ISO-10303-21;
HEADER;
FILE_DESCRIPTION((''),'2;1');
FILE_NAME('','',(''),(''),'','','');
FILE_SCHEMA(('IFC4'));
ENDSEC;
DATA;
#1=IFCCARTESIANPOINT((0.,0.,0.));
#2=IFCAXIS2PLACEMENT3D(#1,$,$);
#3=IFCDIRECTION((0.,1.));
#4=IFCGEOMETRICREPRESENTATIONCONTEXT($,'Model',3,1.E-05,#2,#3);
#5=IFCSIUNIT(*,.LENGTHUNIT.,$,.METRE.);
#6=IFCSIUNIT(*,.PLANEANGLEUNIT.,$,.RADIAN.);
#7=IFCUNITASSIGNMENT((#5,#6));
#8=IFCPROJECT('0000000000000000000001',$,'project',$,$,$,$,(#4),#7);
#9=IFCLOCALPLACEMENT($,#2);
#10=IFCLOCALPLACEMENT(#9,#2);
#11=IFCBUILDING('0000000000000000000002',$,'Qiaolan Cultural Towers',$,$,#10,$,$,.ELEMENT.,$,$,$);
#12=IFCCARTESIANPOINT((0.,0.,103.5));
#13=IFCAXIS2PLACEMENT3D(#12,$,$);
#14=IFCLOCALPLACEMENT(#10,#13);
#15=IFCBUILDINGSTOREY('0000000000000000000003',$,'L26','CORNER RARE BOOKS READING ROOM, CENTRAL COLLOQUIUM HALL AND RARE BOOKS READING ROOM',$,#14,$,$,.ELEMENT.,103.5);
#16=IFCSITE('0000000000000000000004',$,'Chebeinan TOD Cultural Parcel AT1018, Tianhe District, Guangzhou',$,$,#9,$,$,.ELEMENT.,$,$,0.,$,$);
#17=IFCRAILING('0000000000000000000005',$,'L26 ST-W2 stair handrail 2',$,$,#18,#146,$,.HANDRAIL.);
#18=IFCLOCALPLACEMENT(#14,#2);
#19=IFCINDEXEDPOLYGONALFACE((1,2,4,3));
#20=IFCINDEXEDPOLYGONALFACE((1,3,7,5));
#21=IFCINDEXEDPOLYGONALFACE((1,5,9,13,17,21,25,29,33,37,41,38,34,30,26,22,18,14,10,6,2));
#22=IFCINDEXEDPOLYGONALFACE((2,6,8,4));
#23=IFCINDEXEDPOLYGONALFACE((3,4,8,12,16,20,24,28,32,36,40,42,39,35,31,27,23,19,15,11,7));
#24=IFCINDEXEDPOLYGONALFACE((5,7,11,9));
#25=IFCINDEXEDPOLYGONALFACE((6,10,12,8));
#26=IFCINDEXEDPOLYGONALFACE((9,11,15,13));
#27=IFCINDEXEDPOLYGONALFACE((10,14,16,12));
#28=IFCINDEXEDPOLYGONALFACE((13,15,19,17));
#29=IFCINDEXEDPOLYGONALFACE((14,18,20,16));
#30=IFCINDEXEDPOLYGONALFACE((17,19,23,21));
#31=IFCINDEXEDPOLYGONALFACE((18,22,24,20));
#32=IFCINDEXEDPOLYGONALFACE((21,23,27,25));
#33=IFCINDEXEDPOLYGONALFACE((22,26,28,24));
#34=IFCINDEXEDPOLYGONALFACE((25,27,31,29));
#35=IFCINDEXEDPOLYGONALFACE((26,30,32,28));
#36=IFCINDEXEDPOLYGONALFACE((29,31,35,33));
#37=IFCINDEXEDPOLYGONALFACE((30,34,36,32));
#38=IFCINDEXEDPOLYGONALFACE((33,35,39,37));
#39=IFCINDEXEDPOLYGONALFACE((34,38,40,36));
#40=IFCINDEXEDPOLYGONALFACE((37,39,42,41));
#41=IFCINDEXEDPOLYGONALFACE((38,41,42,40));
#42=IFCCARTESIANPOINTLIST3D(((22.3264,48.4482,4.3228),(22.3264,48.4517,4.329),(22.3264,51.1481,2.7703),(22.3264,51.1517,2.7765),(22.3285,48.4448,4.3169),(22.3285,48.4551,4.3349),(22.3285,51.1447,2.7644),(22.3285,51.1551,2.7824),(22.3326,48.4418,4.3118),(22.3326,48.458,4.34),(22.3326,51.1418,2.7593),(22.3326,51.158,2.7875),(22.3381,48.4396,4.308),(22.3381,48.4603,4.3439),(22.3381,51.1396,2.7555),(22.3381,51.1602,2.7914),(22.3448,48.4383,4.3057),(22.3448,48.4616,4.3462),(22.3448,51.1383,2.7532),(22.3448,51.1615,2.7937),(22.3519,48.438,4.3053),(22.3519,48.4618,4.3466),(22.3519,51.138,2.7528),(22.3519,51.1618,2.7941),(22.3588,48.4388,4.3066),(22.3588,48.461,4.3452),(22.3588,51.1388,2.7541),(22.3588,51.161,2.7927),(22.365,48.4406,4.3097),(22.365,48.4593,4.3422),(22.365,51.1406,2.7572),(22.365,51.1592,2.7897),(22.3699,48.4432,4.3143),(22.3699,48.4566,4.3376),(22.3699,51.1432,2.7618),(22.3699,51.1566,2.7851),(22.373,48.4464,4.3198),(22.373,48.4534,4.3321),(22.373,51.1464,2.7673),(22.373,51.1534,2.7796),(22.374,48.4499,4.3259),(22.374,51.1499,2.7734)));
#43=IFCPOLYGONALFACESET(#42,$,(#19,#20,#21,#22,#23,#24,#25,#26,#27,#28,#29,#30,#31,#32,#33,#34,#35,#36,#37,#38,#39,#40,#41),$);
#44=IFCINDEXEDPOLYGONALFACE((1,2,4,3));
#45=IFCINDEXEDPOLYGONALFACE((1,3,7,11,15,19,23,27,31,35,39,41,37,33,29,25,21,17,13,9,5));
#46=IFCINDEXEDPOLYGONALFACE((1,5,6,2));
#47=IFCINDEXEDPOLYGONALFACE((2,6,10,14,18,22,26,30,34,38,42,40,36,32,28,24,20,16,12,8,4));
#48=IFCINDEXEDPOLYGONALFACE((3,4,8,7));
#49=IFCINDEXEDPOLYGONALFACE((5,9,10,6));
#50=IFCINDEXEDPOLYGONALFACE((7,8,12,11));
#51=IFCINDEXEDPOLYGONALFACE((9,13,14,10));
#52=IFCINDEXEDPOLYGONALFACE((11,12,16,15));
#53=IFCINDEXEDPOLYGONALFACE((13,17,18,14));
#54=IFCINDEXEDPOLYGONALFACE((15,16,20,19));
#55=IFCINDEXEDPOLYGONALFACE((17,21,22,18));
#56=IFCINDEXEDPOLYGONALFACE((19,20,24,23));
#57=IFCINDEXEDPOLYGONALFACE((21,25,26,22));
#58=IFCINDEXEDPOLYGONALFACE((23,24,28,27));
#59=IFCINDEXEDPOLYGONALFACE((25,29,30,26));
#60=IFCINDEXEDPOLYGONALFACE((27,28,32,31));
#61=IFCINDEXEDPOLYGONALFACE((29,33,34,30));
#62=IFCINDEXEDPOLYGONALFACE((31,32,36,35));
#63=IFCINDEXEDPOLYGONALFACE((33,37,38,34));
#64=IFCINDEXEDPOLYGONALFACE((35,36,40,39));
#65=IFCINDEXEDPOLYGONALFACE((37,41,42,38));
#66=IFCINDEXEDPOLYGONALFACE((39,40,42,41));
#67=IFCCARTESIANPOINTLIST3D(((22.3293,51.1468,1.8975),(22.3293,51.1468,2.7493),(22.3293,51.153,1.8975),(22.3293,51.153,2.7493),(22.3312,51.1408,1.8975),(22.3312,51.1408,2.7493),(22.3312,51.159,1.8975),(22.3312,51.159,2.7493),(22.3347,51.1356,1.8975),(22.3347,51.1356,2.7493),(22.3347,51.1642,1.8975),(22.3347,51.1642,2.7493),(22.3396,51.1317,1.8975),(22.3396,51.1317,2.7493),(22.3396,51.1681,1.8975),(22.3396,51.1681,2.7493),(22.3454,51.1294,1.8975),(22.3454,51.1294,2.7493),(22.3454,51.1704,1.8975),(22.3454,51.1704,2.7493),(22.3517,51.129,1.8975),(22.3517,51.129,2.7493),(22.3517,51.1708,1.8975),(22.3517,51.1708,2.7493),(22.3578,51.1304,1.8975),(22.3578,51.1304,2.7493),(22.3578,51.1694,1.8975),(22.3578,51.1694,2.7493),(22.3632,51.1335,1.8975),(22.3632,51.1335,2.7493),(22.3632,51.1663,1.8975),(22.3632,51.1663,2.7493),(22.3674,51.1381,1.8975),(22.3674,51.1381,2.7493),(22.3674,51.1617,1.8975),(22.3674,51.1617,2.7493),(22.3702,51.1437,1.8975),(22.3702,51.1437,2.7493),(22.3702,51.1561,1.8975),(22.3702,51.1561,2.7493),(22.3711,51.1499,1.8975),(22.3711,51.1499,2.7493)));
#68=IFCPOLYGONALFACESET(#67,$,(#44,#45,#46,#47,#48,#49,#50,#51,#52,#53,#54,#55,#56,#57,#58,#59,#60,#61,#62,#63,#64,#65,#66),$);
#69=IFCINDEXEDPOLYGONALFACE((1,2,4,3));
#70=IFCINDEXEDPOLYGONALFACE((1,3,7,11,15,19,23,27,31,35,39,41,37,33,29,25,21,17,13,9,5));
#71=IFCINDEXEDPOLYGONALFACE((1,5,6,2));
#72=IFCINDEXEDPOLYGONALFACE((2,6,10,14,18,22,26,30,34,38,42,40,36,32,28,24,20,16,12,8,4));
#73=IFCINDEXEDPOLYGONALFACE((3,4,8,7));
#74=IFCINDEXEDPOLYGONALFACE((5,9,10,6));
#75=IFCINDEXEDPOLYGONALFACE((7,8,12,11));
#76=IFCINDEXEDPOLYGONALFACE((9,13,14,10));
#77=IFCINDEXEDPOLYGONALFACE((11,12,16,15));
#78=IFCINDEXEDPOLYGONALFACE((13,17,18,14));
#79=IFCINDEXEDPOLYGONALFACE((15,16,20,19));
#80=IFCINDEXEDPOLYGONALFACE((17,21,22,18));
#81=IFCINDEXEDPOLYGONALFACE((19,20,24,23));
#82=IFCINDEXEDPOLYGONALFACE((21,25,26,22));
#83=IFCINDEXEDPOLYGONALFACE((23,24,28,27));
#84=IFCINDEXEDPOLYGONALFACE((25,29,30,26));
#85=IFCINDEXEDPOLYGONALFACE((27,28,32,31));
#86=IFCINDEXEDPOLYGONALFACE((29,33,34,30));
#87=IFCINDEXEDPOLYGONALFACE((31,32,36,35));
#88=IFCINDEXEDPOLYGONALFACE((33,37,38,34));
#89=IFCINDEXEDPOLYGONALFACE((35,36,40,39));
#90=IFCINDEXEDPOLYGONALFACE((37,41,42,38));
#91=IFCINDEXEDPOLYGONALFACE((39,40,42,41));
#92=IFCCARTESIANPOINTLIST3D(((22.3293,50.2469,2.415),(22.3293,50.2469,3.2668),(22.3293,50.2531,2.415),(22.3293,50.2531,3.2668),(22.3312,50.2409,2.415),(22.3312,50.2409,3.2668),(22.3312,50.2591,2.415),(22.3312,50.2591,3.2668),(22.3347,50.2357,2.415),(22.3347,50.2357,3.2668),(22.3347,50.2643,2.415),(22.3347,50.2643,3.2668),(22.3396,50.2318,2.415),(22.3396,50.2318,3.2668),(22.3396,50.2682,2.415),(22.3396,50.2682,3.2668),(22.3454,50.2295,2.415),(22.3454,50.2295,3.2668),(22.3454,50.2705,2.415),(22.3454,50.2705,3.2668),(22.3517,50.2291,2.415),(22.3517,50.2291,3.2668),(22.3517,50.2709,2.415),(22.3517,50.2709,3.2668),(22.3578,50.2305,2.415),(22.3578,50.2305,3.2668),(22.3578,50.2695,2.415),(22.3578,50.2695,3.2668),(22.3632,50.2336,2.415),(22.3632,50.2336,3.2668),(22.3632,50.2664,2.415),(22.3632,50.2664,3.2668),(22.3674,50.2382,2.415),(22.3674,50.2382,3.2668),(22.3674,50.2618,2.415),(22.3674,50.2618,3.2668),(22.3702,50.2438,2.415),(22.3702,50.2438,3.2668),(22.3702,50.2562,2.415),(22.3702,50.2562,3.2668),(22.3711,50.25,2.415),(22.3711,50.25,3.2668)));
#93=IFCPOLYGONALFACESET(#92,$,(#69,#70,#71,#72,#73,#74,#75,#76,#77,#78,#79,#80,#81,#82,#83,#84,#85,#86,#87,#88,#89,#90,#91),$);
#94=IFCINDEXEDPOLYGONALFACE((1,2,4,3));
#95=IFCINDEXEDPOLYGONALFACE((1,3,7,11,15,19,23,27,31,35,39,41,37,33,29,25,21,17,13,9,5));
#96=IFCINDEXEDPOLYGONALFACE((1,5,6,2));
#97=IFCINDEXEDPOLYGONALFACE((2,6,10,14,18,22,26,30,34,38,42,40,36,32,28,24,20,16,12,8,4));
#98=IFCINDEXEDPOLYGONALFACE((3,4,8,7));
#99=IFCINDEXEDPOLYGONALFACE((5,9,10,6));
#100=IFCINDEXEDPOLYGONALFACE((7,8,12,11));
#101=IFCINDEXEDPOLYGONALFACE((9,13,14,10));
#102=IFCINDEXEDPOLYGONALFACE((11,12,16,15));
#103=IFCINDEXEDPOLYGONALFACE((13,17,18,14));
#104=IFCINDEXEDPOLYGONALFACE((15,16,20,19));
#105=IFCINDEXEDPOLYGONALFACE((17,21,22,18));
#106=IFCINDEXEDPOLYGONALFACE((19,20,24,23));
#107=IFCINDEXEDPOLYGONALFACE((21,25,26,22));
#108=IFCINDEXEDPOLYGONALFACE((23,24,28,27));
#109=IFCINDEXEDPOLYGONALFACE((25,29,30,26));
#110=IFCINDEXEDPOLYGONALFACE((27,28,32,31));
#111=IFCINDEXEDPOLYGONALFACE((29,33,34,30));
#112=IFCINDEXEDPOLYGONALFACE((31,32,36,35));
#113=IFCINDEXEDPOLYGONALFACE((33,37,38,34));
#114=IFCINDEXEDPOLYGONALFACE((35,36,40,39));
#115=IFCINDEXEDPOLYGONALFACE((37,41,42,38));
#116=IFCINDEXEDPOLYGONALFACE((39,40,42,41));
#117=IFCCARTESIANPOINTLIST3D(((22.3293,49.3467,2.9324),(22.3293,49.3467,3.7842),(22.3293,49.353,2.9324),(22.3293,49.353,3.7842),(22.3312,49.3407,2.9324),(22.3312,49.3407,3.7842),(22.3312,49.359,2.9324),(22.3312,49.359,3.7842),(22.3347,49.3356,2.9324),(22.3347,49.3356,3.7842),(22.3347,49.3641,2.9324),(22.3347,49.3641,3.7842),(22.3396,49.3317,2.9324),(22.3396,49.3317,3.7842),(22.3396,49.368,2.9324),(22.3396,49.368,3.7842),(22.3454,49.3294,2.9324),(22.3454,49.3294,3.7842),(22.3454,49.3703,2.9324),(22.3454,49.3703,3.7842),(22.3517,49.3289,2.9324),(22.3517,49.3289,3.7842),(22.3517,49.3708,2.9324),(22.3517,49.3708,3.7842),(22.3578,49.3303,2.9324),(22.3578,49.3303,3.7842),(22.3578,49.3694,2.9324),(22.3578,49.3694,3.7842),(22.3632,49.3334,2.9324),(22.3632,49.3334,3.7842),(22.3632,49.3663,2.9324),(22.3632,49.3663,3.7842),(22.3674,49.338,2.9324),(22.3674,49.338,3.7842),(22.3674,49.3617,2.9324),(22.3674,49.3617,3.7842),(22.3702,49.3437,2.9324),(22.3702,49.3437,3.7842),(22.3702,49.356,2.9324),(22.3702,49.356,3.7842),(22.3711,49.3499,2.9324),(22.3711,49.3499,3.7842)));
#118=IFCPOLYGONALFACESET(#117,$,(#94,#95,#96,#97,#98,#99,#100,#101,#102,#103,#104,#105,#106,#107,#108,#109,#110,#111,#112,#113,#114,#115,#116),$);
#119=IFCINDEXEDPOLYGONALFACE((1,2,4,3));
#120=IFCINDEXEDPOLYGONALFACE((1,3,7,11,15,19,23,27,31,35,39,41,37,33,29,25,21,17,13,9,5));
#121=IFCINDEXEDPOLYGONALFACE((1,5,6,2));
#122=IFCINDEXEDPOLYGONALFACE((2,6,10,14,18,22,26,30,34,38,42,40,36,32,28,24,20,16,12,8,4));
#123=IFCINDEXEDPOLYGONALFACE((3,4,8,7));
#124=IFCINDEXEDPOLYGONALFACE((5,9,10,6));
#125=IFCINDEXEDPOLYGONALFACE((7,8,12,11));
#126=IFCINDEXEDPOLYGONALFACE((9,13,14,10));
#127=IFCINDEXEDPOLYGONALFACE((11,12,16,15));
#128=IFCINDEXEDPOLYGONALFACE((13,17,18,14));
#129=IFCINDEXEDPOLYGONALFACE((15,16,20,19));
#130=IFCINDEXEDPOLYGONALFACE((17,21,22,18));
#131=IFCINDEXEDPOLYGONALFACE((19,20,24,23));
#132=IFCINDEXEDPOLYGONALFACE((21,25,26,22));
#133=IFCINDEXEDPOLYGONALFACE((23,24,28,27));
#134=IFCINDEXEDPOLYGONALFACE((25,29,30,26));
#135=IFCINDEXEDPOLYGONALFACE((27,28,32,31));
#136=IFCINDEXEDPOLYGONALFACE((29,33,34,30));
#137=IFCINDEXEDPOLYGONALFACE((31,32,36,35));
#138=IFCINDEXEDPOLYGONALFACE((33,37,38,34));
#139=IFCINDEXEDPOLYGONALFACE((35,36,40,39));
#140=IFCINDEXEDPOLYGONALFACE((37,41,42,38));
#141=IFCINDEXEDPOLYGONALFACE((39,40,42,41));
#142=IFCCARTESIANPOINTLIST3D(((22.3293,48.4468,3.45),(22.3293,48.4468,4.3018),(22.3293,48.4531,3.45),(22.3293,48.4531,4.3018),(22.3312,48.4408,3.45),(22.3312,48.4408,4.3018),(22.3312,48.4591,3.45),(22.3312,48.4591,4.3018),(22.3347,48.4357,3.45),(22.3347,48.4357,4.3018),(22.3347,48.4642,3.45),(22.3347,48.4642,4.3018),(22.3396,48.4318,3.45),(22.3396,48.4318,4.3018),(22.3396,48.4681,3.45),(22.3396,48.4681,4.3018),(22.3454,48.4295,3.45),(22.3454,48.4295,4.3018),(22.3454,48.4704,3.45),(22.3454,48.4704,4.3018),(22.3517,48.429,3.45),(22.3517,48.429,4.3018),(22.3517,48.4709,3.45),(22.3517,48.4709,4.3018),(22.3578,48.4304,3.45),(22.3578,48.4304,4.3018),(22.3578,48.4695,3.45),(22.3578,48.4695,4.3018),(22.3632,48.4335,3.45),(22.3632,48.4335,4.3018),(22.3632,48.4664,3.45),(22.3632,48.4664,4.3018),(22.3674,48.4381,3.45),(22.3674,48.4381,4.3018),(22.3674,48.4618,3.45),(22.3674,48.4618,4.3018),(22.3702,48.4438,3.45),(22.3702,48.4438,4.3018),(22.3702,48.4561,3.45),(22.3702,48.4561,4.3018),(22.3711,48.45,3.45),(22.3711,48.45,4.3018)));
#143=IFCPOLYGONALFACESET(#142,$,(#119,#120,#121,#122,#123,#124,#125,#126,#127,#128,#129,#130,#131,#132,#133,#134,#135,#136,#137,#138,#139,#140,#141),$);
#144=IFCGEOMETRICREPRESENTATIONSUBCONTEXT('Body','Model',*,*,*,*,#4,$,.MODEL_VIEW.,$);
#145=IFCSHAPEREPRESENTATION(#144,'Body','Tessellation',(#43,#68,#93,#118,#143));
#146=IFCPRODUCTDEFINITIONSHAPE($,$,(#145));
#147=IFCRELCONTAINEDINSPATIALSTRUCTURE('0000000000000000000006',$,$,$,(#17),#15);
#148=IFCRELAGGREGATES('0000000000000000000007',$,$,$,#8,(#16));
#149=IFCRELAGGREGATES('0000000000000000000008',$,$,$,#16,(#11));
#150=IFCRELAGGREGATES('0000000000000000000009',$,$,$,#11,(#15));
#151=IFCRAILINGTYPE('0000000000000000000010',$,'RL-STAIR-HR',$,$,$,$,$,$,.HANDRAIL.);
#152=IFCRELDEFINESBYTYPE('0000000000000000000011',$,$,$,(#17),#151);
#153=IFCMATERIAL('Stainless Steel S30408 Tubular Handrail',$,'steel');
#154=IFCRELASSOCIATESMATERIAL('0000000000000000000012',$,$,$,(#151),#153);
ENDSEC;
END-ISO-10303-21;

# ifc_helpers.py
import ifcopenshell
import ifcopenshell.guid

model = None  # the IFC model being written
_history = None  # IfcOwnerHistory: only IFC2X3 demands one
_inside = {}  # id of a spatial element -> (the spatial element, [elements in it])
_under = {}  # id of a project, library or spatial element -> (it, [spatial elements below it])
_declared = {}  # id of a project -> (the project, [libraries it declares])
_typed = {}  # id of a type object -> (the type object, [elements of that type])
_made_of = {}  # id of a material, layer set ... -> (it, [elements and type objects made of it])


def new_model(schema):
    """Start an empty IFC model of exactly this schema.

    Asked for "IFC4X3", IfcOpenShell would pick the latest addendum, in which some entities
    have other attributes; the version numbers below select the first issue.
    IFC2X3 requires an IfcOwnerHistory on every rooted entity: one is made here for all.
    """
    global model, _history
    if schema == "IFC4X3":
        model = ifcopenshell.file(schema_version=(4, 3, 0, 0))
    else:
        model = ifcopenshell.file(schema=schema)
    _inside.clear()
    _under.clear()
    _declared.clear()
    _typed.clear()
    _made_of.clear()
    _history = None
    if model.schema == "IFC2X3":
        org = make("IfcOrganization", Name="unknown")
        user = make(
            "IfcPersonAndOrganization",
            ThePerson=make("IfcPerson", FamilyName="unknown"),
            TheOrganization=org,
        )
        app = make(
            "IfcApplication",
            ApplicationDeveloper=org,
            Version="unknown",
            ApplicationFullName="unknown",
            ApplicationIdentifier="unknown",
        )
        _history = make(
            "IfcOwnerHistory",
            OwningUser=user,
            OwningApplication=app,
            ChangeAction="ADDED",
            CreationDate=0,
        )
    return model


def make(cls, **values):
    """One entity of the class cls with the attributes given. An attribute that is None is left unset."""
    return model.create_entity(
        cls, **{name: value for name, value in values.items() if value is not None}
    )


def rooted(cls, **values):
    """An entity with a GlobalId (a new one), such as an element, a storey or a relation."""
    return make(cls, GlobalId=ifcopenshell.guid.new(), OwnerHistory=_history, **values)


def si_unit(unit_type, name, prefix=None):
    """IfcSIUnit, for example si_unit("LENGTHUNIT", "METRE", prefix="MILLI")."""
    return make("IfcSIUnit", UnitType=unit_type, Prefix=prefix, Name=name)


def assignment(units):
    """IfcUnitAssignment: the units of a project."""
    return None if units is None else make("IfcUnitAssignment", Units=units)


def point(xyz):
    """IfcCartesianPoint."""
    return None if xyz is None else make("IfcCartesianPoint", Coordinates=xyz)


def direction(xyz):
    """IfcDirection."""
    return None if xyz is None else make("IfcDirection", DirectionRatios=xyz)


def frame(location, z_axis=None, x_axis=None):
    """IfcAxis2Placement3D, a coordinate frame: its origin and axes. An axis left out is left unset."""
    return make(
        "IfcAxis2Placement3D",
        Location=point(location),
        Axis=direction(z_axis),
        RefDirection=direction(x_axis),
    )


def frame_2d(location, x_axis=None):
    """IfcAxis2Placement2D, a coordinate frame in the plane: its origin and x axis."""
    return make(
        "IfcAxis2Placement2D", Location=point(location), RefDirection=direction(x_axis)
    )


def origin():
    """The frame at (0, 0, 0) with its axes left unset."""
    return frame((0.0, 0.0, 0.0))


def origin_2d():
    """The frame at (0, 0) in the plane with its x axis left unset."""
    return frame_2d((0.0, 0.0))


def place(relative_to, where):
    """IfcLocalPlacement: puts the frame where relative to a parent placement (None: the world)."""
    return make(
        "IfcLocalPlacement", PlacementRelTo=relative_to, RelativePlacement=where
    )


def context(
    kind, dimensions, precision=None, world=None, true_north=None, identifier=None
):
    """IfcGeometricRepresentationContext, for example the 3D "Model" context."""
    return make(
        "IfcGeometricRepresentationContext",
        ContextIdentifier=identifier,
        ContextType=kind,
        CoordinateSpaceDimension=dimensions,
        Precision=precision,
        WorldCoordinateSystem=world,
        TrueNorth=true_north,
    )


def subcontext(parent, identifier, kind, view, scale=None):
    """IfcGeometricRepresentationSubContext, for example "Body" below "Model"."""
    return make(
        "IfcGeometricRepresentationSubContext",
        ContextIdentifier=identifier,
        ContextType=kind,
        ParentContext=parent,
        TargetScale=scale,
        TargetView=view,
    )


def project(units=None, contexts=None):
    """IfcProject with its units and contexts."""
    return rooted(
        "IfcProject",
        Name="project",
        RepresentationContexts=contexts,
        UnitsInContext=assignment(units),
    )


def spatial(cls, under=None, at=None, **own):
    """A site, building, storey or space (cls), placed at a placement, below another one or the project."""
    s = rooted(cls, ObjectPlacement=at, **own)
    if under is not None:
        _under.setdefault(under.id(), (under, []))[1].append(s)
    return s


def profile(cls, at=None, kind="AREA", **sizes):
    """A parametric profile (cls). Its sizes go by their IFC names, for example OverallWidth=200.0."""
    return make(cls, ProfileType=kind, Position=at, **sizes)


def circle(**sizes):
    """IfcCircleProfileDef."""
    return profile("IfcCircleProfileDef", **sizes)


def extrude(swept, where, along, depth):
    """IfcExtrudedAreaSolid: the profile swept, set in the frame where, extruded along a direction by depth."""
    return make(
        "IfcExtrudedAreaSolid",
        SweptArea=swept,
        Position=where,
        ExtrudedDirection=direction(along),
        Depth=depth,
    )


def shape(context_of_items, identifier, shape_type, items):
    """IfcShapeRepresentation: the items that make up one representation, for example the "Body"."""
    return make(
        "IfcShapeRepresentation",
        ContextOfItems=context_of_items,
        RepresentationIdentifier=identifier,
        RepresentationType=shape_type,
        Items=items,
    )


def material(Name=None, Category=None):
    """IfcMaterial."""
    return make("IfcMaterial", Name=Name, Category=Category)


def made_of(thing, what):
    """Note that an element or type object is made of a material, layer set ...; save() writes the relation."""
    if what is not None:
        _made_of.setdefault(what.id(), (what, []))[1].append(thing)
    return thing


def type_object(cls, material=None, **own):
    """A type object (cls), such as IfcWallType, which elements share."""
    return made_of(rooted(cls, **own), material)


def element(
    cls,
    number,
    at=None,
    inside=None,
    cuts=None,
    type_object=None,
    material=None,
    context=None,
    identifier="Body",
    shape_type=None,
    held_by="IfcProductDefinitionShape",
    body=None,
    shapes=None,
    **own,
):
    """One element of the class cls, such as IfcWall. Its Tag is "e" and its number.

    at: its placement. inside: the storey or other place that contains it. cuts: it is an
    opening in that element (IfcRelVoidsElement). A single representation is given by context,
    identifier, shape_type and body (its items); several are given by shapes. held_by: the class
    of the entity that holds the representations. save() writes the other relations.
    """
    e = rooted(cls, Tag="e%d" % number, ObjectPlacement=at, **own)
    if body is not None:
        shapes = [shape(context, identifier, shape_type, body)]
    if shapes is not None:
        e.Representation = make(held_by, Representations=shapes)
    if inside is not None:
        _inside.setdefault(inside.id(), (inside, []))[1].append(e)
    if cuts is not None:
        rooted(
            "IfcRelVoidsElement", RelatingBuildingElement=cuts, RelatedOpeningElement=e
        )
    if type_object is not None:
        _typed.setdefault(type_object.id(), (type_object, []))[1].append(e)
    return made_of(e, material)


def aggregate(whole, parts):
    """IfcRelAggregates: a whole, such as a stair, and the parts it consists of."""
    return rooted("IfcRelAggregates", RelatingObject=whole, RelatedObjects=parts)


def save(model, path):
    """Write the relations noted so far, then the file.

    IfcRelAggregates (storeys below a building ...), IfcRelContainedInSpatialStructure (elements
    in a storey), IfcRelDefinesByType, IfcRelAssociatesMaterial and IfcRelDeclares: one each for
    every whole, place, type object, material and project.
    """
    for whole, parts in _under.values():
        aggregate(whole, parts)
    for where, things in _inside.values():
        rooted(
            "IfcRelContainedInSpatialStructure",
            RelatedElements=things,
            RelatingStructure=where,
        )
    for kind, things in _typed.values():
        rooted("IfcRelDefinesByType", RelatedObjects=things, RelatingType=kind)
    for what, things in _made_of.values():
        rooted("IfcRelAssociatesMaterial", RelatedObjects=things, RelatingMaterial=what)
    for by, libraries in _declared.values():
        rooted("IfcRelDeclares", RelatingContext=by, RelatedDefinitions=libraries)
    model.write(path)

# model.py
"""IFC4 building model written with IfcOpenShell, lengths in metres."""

from ifc_helpers import new_model, si_unit, direction, frame, origin, origin_2d, place, context, subcontext, project, spatial, circle, extrude, material, type_object, element, save


model = new_model("IFC4")

# Units and contexts
model_context = context("Model", 3, precision=1e-05, world=origin(), true_north=direction((0.0, 1.0)))
body_context = subcontext(model_context, "Body", "Model", "MODEL_VIEW")
ifc_project = project(units=[si_unit("LENGTHUNIT", "METRE"), si_unit("PLANEANGLEUNIT", "RADIAN")], contexts=[model_context])

# Site, building, storey
site_placement = place(None, origin())
site = spatial("IfcSite", under=ifc_project, at=site_placement, Name="Chebeinan TOD Cultural Parcel AT1018, Tianhe District, Guangzhou", CompositionType="ELEMENT", RefElevation=0.0)
building_placement = place(site_placement, origin())
building = spatial("IfcBuilding", under=site, at=building_placement, Name="Qiaolan Cultural Towers", CompositionType="ELEMENT")
storey_placement = place(building_placement, frame((0.0, 0.0, 103.5)))
storey = spatial("IfcBuildingStorey", under=building, at=storey_placement, Name="L26", Description="CORNER RARE BOOKS READING ROOM, CENTRAL COLLOQUIUM HALL AND RARE BOOKS READING ROOM", CompositionType="ELEMENT", Elevation=103.5)

# Railing
ifc_material_1 = material(Name="Stainless Steel S30408 Tubular Handrail", Category="steel")
railing_type_1 = type_object("IfcRailingType", Name="RL-STAIR-HR", PredefinedType="HANDRAIL", material=ifc_material_1)
railing_1_placement = place(storey_placement, frame((22.3501, 51.1499, 1.8975)))
element("IfcRailing", 1, at=railing_1_placement, inside=storey, type_object=railing_type_1, Name="L26 ST-W2 stair handrail 2", PredefinedType="HANDRAIL", context=body_context, shape_type="SweptSolid", body=[
    extrude(circle(Radius=0.0239, at=origin_2d()), frame((0.0, 0.0, 0.876), z_axis=(0.0, -0.866904, 0.498476), x_axis=(1.0, 0.0, 0.0)), (0.0, 0.0, 1.0), 3.1145),
    extrude(circle(Radius=0.021, at=origin_2d()), origin(), (0.0, 0.0, 1.0), 0.8518),
    extrude(circle(Radius=0.021, at=origin_2d()), frame((0.0, -0.8999, 0.5176)), (0.0, 0.0, 1.0), 0.8518),
    extrude(circle(Radius=0.021, at=origin_2d()), frame((0.0, -1.8, 1.0349)), (0.0, 0.0, 1.0), 0.8518),
    extrude(circle(Radius=0.021, at=origin_2d()), frame((0.0, -2.7, 1.5525)), (0.0, 0.0, 1.0), 0.8518),
])

save(model, "model.ifc")
